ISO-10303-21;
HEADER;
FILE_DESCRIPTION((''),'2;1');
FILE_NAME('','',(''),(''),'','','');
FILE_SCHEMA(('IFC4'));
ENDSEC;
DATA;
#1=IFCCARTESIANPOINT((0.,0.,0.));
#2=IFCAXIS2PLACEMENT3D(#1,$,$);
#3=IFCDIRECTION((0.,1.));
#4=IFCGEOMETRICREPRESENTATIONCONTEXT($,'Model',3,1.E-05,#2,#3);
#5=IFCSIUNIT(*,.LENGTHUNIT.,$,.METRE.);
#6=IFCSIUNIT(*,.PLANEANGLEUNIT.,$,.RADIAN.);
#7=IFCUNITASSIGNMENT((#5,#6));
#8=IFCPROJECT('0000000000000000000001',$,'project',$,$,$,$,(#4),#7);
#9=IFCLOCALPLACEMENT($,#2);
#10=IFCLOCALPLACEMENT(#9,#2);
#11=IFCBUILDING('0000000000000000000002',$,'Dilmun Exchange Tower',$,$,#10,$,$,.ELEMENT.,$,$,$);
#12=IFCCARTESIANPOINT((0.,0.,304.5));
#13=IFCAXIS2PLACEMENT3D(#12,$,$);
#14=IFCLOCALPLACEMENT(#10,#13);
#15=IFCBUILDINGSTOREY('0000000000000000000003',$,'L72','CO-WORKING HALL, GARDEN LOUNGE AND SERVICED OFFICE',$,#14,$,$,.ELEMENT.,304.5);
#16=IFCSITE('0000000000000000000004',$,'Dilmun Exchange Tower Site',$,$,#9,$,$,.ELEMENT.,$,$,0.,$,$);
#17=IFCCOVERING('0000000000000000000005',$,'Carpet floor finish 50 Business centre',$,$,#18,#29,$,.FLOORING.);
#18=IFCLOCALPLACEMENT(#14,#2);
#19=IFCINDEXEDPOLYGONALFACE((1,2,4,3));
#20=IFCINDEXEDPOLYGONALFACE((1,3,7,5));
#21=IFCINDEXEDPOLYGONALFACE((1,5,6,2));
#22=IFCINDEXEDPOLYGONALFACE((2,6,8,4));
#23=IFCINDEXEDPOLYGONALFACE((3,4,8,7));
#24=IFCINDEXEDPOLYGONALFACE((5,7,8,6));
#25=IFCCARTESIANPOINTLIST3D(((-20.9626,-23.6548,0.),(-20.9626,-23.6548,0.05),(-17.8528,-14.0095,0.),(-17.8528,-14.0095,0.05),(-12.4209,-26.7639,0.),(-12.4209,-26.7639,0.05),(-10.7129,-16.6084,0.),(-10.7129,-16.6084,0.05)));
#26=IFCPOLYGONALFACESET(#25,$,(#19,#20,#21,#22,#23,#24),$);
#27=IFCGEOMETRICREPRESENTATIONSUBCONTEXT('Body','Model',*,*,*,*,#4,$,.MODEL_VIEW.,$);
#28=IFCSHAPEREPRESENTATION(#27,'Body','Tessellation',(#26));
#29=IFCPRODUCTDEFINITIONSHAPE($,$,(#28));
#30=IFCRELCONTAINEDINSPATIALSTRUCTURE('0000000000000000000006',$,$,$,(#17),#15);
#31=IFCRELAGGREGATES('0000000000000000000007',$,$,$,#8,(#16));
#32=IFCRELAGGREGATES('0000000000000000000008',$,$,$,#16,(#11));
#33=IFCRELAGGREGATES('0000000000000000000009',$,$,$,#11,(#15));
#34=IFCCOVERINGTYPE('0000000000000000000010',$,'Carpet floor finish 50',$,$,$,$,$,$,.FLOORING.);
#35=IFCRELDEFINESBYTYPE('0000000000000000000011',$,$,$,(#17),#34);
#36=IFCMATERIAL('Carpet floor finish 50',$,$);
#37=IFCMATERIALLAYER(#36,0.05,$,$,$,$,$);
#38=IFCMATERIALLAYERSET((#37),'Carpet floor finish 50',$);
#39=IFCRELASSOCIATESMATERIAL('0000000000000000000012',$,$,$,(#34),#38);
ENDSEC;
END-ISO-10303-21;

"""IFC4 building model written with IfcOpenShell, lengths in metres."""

from ifc_helpers import new_model, si_unit, direction, frame, origin, place, context, subcontext, project, spatial, polyline, outline, extrude, material, layer, layer_set, type_object, element, save


model = new_model("IFC4")

# Units and contexts
model_context = context("Model", 3, precision=1e-05, world=origin(), true_north=direction((0.0, 1.0)))
body_context = subcontext(model_context, "Body", "Model", "MODEL_VIEW")
ifc_project = project(units=[si_unit("LENGTHUNIT", "METRE"), si_unit("PLANEANGLEUNIT", "RADIAN")], contexts=[model_context])

# Site, building, storey
site_placement = place(None, origin())
site = spatial("IfcSite", under=ifc_project, at=site_placement, Name="Dilmun Exchange Tower Site", CompositionType="ELEMENT", RefElevation=0.0)
building_placement = place(site_placement, origin())
building = spatial("IfcBuilding", under=site, at=building_placement, Name="Dilmun Exchange Tower", CompositionType="ELEMENT")
storey_placement = place(building_placement, frame((0.0, 0.0, 304.5)))
storey = spatial("IfcBuildingStorey", under=building, at=storey_placement, Name="L72", Description="CO-WORKING HALL, GARDEN LOUNGE AND SERVICED OFFICE", CompositionType="ELEMENT", Elevation=304.5)

# Covering
ifc_material_1 = material(Name="Carpet floor finish 50")
ifc_layer_1 = layer(ifc_material_1, 0.05)
ifc_layer_set_1 = layer_set([ifc_layer_1], Name="Carpet floor finish 50")
covering_type_1 = type_object("IfcCoveringType", Name="Carpet floor finish 50", PredefinedType="FLOORING", material=ifc_layer_set_1)
covering_1_placement = place(storey_placement, origin())
element("IfcCovering", 1, at=covering_1_placement, inside=storey, type_object=covering_type_1, Name="Carpet floor finish 50 Business centre", PredefinedType="FLOORING", context=body_context, shape_type="SweptSolid", body=[
    extrude(outline(polyline([(-12.4209, -26.7639), (-20.9626, -23.6548), (-17.8528, -14.0095), (-10.7129, -16.6084), (-12.4209, -26.7639)])), origin(), (0.0, 0.0, 1.0), 0.05),
])

save(model, "model.ifc")
